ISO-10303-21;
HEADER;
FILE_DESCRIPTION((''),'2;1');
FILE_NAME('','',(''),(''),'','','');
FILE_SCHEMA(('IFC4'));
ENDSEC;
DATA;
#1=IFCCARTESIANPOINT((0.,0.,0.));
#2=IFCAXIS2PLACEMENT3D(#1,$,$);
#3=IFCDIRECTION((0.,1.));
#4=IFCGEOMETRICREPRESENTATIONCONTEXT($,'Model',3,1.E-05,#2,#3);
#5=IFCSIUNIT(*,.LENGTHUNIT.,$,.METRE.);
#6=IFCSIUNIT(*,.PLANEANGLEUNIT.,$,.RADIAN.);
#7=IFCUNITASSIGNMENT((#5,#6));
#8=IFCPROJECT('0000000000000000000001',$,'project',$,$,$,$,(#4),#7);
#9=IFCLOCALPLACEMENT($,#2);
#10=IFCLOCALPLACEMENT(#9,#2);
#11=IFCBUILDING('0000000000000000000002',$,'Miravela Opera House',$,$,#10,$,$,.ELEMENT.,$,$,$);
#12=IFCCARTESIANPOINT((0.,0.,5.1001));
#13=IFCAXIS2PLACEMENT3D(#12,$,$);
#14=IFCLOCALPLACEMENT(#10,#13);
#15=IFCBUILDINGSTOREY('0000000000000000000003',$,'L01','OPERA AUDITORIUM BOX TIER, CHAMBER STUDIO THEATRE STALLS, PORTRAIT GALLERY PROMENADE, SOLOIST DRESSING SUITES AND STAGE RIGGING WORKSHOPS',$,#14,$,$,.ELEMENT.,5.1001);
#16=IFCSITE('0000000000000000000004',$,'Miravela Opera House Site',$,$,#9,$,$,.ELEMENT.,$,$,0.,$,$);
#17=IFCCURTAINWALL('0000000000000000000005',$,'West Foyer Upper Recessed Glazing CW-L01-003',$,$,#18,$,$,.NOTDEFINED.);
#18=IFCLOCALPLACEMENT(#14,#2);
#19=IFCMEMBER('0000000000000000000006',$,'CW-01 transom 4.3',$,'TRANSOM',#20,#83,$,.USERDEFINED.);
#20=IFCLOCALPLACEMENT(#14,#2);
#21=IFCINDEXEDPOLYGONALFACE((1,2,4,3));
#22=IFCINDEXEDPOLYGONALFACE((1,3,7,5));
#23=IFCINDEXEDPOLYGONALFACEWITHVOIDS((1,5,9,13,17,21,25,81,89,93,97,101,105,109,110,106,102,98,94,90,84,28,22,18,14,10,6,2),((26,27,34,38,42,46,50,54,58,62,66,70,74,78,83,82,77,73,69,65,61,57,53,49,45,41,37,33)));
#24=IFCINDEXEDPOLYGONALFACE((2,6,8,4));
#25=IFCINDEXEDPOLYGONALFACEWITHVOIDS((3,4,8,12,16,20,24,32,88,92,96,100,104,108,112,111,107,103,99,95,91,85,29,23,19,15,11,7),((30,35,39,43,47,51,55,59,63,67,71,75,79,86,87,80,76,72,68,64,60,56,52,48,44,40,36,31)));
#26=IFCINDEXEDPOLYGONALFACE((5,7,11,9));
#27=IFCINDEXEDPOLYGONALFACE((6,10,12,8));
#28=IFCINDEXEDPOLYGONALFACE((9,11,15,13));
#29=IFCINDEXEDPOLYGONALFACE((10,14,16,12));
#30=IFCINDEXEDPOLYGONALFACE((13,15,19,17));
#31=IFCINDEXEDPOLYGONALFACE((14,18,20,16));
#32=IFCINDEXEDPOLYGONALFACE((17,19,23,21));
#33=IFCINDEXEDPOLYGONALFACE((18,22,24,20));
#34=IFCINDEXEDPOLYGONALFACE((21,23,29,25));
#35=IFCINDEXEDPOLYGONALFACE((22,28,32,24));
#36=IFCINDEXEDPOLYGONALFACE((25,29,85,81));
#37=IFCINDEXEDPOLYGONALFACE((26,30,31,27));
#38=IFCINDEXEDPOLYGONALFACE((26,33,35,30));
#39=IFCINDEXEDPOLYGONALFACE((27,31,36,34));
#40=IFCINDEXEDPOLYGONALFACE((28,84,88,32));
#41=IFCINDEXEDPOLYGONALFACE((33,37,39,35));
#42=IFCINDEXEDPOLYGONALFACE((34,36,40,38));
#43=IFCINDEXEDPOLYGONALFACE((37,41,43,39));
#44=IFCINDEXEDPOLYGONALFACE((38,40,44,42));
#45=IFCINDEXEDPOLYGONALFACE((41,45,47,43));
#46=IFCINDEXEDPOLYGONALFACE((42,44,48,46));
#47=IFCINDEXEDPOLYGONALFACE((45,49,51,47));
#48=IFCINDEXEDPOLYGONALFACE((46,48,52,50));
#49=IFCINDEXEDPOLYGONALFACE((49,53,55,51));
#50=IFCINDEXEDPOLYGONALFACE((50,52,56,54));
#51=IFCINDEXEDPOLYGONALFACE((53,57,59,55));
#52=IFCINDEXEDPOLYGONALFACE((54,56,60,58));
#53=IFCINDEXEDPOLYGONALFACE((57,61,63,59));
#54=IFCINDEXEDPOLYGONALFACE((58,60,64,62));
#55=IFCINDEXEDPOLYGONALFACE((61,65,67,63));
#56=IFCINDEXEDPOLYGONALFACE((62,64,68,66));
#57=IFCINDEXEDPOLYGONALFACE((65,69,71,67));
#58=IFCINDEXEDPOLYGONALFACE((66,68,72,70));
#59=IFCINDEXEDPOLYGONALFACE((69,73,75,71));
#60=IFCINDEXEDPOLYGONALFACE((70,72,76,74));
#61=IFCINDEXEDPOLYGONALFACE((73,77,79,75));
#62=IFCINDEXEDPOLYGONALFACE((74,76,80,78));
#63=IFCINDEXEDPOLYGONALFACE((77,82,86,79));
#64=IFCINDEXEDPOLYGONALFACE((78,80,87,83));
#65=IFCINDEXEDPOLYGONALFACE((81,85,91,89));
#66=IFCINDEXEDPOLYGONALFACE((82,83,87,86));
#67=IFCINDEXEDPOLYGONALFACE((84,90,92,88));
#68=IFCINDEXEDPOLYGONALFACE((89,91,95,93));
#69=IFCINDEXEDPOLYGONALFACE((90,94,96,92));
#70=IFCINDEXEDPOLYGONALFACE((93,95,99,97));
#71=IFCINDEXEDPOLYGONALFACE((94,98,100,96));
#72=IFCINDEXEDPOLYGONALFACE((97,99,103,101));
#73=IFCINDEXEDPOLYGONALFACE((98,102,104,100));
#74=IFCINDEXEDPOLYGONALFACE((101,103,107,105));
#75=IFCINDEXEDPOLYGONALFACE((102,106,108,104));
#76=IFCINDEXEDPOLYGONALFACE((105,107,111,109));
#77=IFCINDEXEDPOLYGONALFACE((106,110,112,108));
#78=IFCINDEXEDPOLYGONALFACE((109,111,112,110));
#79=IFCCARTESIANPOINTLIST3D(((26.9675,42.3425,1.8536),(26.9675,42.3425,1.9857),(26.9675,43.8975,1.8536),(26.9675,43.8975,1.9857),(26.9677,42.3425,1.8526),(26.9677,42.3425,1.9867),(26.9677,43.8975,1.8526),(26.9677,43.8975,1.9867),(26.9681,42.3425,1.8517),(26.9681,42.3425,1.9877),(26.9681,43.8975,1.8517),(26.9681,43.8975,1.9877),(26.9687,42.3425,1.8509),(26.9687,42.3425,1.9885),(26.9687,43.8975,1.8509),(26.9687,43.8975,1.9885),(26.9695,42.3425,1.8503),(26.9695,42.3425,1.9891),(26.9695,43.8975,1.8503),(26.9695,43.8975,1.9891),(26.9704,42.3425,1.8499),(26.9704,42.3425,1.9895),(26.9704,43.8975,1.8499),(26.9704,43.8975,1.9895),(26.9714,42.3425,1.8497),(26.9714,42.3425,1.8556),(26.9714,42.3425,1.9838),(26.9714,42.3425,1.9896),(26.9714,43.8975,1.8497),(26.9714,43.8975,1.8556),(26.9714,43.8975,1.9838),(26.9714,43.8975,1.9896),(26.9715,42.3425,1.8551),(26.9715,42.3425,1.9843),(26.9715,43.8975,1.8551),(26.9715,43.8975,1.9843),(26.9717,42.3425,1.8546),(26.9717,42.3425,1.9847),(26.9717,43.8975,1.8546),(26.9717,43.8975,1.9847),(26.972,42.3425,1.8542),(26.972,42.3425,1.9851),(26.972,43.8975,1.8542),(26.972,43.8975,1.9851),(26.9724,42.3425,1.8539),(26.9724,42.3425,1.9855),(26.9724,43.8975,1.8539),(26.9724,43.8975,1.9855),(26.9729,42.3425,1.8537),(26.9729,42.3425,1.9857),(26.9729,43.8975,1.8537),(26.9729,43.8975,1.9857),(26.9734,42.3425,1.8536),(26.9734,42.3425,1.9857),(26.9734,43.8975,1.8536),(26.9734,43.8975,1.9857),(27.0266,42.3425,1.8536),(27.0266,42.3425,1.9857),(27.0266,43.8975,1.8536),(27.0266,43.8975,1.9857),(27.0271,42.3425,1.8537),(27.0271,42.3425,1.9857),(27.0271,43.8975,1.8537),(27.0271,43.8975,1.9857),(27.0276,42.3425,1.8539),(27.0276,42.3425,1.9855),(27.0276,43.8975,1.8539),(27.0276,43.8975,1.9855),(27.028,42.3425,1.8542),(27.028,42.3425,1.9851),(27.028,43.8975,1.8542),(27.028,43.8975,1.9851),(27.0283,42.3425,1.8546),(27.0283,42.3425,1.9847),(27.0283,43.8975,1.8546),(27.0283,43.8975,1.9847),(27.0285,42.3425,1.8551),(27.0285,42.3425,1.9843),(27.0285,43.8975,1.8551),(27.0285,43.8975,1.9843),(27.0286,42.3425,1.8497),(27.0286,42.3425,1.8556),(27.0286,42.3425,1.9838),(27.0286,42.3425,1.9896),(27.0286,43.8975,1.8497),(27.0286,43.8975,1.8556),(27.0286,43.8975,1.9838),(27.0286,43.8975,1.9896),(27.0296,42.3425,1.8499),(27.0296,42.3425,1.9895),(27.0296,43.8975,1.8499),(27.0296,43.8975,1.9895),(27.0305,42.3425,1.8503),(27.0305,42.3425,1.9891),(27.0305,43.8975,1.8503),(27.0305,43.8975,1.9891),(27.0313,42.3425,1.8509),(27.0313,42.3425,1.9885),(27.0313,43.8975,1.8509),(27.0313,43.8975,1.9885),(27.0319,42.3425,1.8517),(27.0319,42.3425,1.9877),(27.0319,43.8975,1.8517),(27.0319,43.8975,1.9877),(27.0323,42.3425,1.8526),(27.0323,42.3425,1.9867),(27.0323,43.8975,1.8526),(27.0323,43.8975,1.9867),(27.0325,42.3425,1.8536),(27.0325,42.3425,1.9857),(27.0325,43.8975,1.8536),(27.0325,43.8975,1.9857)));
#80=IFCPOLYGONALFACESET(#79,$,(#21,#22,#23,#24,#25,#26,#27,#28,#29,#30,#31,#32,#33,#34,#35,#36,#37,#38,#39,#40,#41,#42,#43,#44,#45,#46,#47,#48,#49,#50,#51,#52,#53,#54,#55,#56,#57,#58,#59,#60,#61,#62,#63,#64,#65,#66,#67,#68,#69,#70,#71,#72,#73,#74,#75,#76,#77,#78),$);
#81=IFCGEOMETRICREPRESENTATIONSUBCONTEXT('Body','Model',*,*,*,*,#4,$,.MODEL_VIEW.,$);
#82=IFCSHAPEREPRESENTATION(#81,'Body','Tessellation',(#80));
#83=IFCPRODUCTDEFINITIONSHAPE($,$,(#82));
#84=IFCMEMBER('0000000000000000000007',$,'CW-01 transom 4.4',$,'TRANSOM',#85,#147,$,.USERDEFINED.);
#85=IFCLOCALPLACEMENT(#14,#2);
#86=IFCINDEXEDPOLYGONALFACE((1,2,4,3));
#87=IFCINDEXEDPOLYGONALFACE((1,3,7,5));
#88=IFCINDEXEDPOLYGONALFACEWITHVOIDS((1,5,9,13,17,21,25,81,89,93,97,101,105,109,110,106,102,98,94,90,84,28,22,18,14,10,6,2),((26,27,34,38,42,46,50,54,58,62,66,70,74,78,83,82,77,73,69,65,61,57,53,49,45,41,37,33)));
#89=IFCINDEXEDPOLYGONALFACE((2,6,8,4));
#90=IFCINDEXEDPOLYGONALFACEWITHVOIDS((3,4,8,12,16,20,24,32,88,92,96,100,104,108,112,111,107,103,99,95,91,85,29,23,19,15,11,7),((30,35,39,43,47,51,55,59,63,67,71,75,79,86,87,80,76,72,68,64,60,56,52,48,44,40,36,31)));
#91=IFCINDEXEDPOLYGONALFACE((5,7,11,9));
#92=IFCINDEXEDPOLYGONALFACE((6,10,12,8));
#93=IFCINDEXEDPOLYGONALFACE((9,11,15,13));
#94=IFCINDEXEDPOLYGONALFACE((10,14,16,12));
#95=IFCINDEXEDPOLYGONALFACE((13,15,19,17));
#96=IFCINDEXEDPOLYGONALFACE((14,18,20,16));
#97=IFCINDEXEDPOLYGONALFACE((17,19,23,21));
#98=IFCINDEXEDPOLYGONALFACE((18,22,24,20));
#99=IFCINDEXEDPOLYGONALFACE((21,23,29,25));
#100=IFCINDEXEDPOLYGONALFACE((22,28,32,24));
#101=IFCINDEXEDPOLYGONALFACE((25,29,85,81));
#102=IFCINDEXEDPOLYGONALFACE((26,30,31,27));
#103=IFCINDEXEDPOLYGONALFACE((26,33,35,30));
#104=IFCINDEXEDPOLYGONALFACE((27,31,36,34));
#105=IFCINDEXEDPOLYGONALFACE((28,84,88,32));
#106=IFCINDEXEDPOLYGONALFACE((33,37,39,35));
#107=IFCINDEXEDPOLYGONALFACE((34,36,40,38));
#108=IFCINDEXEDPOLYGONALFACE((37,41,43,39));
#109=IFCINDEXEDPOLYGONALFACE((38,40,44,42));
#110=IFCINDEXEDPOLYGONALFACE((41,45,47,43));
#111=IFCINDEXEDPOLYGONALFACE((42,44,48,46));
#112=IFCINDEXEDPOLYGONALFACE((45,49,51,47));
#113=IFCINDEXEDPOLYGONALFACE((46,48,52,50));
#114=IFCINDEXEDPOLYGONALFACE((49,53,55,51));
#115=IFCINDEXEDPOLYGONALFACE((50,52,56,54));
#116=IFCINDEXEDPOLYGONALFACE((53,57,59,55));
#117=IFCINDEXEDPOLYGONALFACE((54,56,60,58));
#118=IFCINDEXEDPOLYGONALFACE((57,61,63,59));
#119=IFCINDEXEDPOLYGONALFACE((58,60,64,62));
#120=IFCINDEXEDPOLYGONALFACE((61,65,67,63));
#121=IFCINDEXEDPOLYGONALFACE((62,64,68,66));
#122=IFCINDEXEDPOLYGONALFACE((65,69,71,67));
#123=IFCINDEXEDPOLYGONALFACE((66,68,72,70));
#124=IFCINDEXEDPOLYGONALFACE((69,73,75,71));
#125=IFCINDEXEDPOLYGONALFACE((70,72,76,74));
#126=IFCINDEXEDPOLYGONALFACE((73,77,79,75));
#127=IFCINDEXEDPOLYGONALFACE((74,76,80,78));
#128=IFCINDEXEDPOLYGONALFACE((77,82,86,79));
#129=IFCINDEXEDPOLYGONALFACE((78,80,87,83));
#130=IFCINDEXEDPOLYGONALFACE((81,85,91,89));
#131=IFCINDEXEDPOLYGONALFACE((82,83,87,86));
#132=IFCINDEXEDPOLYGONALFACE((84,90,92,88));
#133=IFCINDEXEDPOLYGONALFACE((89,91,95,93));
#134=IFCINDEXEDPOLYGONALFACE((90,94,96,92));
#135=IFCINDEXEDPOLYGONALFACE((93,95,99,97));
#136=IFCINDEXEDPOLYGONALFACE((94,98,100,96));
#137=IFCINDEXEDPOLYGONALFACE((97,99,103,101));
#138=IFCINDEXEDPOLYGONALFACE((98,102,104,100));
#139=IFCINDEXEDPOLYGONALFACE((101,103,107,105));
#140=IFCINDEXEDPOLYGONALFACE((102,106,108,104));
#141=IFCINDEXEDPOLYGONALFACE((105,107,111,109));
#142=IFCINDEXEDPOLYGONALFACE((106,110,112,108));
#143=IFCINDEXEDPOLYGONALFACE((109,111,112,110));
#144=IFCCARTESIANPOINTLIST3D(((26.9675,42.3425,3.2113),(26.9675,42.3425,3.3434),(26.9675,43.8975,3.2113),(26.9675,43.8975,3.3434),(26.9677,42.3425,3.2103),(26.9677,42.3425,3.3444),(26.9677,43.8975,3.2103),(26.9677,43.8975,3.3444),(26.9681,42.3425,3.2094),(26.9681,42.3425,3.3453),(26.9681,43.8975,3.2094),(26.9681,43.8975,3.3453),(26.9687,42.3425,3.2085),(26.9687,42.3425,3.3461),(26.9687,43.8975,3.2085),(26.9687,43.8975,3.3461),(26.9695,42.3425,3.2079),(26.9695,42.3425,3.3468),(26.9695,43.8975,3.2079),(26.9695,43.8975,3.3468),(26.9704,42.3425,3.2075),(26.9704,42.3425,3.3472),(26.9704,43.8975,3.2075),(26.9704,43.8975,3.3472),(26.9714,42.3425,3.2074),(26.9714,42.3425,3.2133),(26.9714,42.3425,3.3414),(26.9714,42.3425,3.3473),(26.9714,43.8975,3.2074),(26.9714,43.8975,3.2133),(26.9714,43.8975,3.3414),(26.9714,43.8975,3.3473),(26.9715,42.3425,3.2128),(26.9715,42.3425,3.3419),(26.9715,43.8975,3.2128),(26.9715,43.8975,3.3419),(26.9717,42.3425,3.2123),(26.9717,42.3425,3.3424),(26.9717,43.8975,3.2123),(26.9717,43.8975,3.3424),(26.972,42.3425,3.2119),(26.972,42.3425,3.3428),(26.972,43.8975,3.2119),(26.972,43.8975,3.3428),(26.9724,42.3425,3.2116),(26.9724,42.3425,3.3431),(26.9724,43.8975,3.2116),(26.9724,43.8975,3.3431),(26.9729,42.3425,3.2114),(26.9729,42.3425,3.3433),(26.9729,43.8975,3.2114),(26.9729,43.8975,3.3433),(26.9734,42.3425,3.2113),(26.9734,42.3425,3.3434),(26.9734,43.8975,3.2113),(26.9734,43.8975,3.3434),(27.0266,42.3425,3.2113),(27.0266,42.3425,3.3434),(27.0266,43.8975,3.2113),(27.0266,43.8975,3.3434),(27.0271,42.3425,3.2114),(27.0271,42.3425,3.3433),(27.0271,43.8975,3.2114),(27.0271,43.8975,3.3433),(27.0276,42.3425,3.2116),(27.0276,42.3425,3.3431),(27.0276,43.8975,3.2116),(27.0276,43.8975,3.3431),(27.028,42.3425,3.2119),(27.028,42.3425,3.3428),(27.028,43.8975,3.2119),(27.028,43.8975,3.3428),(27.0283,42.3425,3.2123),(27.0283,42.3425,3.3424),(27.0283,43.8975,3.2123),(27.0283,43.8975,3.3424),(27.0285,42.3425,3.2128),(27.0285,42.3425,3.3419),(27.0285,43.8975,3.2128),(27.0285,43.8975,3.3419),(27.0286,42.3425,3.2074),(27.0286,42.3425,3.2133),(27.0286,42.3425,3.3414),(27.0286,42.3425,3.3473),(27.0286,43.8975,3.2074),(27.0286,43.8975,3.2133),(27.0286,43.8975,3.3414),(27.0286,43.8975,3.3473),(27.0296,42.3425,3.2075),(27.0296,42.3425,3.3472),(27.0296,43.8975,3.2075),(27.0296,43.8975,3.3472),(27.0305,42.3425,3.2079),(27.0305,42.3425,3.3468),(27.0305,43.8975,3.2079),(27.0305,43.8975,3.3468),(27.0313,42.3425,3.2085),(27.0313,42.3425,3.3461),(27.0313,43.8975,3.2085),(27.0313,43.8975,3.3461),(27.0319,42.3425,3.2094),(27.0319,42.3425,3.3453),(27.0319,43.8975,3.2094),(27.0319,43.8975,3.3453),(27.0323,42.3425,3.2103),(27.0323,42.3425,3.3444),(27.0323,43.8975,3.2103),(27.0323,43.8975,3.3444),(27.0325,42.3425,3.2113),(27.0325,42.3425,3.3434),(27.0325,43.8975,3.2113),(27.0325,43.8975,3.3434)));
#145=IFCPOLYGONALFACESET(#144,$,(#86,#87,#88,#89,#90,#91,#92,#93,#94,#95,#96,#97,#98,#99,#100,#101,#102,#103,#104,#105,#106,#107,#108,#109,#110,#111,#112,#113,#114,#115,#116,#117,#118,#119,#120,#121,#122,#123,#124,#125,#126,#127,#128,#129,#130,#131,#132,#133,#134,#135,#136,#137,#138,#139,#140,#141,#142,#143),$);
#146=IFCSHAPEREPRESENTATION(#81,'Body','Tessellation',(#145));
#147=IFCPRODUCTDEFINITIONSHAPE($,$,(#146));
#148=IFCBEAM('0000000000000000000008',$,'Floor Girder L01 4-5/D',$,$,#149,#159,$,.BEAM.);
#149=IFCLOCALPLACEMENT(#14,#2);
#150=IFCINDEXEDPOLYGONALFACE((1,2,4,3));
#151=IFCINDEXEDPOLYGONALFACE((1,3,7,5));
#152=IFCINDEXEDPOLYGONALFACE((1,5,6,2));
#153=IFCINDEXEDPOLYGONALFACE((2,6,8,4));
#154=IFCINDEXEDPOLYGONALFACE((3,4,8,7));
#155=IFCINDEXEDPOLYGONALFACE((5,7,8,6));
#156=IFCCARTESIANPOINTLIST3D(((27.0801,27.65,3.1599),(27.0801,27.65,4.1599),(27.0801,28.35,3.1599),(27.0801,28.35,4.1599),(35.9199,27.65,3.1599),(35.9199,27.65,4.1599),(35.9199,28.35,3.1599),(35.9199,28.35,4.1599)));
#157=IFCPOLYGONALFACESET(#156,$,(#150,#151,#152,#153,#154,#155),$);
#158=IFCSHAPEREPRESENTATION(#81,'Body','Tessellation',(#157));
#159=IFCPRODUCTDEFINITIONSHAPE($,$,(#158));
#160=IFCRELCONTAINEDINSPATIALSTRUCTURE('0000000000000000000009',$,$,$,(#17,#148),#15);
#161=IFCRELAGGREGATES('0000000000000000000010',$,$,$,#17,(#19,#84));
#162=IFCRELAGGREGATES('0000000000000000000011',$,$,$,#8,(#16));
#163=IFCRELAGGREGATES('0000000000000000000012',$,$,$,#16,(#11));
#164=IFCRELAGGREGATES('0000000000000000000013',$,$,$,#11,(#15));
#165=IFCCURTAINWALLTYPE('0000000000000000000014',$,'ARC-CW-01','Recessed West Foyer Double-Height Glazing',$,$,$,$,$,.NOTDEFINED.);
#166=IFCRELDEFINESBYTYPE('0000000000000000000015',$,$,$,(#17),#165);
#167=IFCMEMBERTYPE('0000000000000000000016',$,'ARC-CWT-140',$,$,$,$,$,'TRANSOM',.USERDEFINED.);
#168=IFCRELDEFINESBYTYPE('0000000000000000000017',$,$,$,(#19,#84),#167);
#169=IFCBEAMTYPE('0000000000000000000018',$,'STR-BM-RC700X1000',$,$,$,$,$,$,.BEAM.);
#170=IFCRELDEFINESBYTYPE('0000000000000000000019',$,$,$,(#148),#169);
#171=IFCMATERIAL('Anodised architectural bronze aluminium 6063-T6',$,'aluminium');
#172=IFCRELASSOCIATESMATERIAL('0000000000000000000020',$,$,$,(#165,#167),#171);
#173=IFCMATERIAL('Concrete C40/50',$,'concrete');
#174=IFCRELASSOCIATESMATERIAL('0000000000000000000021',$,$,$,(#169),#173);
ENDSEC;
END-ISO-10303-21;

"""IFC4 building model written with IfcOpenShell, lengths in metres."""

from ifc_helpers import new_model, si_unit, direction, frame, origin, origin_2d, place, context, subcontext, project, spatial, rectangle, hollow_rectangle, extrude, material, material_profile, profile_set, type_object, element, aggregate, save


model = new_model("IFC4")

# Units and contexts
model_context = context("Model", 3, precision=1e-05, world=origin(), true_north=direction((0.0, 1.0)))
body_context = subcontext(model_context, "Body", "Model", "MODEL_VIEW")
ifc_project = project(units=[si_unit("LENGTHUNIT", "METRE"), si_unit("PLANEANGLEUNIT", "RADIAN")], contexts=[model_context])

# Site, building, storey
site_placement = place(None, origin())
site = spatial("IfcSite", under=ifc_project, at=site_placement, Name="Miravela Opera House Site", CompositionType="ELEMENT", RefElevation=0.0)
building_placement = place(site_placement, origin())
building = spatial("IfcBuilding", under=site, at=building_placement, Name="Miravela Opera House", CompositionType="ELEMENT")
storey_placement = place(building_placement, frame((0.0, 0.0, 5.1001)))
storey = spatial("IfcBuildingStorey", under=building, at=storey_placement, Name="L01", Description="OPERA AUDITORIUM BOX TIER, CHAMBER STUDIO THEATRE STALLS, PORTRAIT GALLERY PROMENADE, SOLOIST DRESSING SUITES AND STAGE RIGGING WORKSHOPS", CompositionType="ELEMENT", Elevation=5.1001)

# Shared definitions
ifc_material_1 = material(Name="Anodised architectural bronze aluminium 6063-T6", Category="aluminium")

# Curtain wall
curtain_wall_type_1 = type_object("IfcCurtainWallType", Name="ARC-CW-01", Description="Recessed West Foyer Double-Height Glazing", PredefinedType="NOTDEFINED", material=ifc_material_1)
curtain_wall_1_placement = place(storey_placement, origin())
curtain_wall_1 = element("IfcCurtainWall", 1, at=curtain_wall_1_placement, inside=storey, type_object=curtain_wall_type_1, Name="West Foyer Upper Recessed Glazing CW-L01-003", PredefinedType="NOTDEFINED")

# Members
ifc_material_profile_1 = material_profile(ifc_material_1, hollow_rectangle(XDim=0.0649, YDim=0.1399, WallThickness=0.0039, InnerFilletRadius=0.002, OuterFilletRadius=0.0039, at=origin_2d()), Name="CWT-65X140")
ifc_profile_set_1 = profile_set([ifc_material_profile_1])
member_type_1 = type_object("IfcMemberType", Name="ARC-CWT-140", ElementType="TRANSOM", PredefinedType="USERDEFINED", material=ifc_profile_set_1)
member_1_placement = place(storey_placement, frame((27.0, 42.3425, 1.9197), z_axis=(0.0, 1.0, 0.0), x_axis=(-1.0, 0.0, 0.0)))
member_1 = element("IfcMember", 2, at=member_1_placement, type_object=member_type_1, Name="CW-01 transom 4.3", ObjectType="TRANSOM", PredefinedType="USERDEFINED", context=body_context, shape_type="SweptSolid", body=[
    extrude(hollow_rectangle(XDim=0.0649, YDim=0.1399, WallThickness=0.0039, InnerFilletRadius=0.002, OuterFilletRadius=0.0039, at=origin_2d()), origin(), (0.0, 0.0, 1.0), 1.5549),
])
member_2_placement = place(storey_placement, frame((27.0, 42.3425, 3.2773), z_axis=(0.0, 1.0, 0.0), x_axis=(-1.0, 0.0, 0.0)))
member_2 = element("IfcMember", 3, at=member_2_placement, type_object=member_type_1, Name="CW-01 transom 4.4", ObjectType="TRANSOM", PredefinedType="USERDEFINED", context=body_context, shape_type="SweptSolid", body=[
    extrude(hollow_rectangle(XDim=0.0649, YDim=0.1399, WallThickness=0.0039, InnerFilletRadius=0.002, OuterFilletRadius=0.0039, at=origin_2d()), origin(), (0.0, 0.0, 1.0), 1.5549),
])

# Beam
ifc_material_2 = material(Name="Concrete C40/50", Category="concrete")
ifc_material_profile_2 = material_profile(ifc_material_2, rectangle(XDim=0.7, YDim=1.0, at=origin_2d()), Name="RC-BM-700X1000")
ifc_profile_set_2 = profile_set([ifc_material_profile_2])
beam_type_1 = type_object("IfcBeamType", Name="STR-BM-RC700X1000", PredefinedType="BEAM", material=ifc_profile_set_2)
beam_1_placement = place(storey_placement, frame((27.0801, 28.0, 3.6599), z_axis=(1.0, 0.0, 0.0), x_axis=(0.0, 1.0, 0.0)))
element("IfcBeam", 4, at=beam_1_placement, inside=storey, type_object=beam_type_1, Name="Floor Girder L01 4-5/D", PredefinedType="BEAM", context=body_context, shape_type="SweptSolid", body=[
    extrude(rectangle(XDim=0.7, YDim=1.0, at=origin_2d()), origin(), (0.0, 0.0, 1.0), 8.8398),
])

aggregate(curtain_wall_1, [member_1, member_2])

save(model, "model.ifc")
